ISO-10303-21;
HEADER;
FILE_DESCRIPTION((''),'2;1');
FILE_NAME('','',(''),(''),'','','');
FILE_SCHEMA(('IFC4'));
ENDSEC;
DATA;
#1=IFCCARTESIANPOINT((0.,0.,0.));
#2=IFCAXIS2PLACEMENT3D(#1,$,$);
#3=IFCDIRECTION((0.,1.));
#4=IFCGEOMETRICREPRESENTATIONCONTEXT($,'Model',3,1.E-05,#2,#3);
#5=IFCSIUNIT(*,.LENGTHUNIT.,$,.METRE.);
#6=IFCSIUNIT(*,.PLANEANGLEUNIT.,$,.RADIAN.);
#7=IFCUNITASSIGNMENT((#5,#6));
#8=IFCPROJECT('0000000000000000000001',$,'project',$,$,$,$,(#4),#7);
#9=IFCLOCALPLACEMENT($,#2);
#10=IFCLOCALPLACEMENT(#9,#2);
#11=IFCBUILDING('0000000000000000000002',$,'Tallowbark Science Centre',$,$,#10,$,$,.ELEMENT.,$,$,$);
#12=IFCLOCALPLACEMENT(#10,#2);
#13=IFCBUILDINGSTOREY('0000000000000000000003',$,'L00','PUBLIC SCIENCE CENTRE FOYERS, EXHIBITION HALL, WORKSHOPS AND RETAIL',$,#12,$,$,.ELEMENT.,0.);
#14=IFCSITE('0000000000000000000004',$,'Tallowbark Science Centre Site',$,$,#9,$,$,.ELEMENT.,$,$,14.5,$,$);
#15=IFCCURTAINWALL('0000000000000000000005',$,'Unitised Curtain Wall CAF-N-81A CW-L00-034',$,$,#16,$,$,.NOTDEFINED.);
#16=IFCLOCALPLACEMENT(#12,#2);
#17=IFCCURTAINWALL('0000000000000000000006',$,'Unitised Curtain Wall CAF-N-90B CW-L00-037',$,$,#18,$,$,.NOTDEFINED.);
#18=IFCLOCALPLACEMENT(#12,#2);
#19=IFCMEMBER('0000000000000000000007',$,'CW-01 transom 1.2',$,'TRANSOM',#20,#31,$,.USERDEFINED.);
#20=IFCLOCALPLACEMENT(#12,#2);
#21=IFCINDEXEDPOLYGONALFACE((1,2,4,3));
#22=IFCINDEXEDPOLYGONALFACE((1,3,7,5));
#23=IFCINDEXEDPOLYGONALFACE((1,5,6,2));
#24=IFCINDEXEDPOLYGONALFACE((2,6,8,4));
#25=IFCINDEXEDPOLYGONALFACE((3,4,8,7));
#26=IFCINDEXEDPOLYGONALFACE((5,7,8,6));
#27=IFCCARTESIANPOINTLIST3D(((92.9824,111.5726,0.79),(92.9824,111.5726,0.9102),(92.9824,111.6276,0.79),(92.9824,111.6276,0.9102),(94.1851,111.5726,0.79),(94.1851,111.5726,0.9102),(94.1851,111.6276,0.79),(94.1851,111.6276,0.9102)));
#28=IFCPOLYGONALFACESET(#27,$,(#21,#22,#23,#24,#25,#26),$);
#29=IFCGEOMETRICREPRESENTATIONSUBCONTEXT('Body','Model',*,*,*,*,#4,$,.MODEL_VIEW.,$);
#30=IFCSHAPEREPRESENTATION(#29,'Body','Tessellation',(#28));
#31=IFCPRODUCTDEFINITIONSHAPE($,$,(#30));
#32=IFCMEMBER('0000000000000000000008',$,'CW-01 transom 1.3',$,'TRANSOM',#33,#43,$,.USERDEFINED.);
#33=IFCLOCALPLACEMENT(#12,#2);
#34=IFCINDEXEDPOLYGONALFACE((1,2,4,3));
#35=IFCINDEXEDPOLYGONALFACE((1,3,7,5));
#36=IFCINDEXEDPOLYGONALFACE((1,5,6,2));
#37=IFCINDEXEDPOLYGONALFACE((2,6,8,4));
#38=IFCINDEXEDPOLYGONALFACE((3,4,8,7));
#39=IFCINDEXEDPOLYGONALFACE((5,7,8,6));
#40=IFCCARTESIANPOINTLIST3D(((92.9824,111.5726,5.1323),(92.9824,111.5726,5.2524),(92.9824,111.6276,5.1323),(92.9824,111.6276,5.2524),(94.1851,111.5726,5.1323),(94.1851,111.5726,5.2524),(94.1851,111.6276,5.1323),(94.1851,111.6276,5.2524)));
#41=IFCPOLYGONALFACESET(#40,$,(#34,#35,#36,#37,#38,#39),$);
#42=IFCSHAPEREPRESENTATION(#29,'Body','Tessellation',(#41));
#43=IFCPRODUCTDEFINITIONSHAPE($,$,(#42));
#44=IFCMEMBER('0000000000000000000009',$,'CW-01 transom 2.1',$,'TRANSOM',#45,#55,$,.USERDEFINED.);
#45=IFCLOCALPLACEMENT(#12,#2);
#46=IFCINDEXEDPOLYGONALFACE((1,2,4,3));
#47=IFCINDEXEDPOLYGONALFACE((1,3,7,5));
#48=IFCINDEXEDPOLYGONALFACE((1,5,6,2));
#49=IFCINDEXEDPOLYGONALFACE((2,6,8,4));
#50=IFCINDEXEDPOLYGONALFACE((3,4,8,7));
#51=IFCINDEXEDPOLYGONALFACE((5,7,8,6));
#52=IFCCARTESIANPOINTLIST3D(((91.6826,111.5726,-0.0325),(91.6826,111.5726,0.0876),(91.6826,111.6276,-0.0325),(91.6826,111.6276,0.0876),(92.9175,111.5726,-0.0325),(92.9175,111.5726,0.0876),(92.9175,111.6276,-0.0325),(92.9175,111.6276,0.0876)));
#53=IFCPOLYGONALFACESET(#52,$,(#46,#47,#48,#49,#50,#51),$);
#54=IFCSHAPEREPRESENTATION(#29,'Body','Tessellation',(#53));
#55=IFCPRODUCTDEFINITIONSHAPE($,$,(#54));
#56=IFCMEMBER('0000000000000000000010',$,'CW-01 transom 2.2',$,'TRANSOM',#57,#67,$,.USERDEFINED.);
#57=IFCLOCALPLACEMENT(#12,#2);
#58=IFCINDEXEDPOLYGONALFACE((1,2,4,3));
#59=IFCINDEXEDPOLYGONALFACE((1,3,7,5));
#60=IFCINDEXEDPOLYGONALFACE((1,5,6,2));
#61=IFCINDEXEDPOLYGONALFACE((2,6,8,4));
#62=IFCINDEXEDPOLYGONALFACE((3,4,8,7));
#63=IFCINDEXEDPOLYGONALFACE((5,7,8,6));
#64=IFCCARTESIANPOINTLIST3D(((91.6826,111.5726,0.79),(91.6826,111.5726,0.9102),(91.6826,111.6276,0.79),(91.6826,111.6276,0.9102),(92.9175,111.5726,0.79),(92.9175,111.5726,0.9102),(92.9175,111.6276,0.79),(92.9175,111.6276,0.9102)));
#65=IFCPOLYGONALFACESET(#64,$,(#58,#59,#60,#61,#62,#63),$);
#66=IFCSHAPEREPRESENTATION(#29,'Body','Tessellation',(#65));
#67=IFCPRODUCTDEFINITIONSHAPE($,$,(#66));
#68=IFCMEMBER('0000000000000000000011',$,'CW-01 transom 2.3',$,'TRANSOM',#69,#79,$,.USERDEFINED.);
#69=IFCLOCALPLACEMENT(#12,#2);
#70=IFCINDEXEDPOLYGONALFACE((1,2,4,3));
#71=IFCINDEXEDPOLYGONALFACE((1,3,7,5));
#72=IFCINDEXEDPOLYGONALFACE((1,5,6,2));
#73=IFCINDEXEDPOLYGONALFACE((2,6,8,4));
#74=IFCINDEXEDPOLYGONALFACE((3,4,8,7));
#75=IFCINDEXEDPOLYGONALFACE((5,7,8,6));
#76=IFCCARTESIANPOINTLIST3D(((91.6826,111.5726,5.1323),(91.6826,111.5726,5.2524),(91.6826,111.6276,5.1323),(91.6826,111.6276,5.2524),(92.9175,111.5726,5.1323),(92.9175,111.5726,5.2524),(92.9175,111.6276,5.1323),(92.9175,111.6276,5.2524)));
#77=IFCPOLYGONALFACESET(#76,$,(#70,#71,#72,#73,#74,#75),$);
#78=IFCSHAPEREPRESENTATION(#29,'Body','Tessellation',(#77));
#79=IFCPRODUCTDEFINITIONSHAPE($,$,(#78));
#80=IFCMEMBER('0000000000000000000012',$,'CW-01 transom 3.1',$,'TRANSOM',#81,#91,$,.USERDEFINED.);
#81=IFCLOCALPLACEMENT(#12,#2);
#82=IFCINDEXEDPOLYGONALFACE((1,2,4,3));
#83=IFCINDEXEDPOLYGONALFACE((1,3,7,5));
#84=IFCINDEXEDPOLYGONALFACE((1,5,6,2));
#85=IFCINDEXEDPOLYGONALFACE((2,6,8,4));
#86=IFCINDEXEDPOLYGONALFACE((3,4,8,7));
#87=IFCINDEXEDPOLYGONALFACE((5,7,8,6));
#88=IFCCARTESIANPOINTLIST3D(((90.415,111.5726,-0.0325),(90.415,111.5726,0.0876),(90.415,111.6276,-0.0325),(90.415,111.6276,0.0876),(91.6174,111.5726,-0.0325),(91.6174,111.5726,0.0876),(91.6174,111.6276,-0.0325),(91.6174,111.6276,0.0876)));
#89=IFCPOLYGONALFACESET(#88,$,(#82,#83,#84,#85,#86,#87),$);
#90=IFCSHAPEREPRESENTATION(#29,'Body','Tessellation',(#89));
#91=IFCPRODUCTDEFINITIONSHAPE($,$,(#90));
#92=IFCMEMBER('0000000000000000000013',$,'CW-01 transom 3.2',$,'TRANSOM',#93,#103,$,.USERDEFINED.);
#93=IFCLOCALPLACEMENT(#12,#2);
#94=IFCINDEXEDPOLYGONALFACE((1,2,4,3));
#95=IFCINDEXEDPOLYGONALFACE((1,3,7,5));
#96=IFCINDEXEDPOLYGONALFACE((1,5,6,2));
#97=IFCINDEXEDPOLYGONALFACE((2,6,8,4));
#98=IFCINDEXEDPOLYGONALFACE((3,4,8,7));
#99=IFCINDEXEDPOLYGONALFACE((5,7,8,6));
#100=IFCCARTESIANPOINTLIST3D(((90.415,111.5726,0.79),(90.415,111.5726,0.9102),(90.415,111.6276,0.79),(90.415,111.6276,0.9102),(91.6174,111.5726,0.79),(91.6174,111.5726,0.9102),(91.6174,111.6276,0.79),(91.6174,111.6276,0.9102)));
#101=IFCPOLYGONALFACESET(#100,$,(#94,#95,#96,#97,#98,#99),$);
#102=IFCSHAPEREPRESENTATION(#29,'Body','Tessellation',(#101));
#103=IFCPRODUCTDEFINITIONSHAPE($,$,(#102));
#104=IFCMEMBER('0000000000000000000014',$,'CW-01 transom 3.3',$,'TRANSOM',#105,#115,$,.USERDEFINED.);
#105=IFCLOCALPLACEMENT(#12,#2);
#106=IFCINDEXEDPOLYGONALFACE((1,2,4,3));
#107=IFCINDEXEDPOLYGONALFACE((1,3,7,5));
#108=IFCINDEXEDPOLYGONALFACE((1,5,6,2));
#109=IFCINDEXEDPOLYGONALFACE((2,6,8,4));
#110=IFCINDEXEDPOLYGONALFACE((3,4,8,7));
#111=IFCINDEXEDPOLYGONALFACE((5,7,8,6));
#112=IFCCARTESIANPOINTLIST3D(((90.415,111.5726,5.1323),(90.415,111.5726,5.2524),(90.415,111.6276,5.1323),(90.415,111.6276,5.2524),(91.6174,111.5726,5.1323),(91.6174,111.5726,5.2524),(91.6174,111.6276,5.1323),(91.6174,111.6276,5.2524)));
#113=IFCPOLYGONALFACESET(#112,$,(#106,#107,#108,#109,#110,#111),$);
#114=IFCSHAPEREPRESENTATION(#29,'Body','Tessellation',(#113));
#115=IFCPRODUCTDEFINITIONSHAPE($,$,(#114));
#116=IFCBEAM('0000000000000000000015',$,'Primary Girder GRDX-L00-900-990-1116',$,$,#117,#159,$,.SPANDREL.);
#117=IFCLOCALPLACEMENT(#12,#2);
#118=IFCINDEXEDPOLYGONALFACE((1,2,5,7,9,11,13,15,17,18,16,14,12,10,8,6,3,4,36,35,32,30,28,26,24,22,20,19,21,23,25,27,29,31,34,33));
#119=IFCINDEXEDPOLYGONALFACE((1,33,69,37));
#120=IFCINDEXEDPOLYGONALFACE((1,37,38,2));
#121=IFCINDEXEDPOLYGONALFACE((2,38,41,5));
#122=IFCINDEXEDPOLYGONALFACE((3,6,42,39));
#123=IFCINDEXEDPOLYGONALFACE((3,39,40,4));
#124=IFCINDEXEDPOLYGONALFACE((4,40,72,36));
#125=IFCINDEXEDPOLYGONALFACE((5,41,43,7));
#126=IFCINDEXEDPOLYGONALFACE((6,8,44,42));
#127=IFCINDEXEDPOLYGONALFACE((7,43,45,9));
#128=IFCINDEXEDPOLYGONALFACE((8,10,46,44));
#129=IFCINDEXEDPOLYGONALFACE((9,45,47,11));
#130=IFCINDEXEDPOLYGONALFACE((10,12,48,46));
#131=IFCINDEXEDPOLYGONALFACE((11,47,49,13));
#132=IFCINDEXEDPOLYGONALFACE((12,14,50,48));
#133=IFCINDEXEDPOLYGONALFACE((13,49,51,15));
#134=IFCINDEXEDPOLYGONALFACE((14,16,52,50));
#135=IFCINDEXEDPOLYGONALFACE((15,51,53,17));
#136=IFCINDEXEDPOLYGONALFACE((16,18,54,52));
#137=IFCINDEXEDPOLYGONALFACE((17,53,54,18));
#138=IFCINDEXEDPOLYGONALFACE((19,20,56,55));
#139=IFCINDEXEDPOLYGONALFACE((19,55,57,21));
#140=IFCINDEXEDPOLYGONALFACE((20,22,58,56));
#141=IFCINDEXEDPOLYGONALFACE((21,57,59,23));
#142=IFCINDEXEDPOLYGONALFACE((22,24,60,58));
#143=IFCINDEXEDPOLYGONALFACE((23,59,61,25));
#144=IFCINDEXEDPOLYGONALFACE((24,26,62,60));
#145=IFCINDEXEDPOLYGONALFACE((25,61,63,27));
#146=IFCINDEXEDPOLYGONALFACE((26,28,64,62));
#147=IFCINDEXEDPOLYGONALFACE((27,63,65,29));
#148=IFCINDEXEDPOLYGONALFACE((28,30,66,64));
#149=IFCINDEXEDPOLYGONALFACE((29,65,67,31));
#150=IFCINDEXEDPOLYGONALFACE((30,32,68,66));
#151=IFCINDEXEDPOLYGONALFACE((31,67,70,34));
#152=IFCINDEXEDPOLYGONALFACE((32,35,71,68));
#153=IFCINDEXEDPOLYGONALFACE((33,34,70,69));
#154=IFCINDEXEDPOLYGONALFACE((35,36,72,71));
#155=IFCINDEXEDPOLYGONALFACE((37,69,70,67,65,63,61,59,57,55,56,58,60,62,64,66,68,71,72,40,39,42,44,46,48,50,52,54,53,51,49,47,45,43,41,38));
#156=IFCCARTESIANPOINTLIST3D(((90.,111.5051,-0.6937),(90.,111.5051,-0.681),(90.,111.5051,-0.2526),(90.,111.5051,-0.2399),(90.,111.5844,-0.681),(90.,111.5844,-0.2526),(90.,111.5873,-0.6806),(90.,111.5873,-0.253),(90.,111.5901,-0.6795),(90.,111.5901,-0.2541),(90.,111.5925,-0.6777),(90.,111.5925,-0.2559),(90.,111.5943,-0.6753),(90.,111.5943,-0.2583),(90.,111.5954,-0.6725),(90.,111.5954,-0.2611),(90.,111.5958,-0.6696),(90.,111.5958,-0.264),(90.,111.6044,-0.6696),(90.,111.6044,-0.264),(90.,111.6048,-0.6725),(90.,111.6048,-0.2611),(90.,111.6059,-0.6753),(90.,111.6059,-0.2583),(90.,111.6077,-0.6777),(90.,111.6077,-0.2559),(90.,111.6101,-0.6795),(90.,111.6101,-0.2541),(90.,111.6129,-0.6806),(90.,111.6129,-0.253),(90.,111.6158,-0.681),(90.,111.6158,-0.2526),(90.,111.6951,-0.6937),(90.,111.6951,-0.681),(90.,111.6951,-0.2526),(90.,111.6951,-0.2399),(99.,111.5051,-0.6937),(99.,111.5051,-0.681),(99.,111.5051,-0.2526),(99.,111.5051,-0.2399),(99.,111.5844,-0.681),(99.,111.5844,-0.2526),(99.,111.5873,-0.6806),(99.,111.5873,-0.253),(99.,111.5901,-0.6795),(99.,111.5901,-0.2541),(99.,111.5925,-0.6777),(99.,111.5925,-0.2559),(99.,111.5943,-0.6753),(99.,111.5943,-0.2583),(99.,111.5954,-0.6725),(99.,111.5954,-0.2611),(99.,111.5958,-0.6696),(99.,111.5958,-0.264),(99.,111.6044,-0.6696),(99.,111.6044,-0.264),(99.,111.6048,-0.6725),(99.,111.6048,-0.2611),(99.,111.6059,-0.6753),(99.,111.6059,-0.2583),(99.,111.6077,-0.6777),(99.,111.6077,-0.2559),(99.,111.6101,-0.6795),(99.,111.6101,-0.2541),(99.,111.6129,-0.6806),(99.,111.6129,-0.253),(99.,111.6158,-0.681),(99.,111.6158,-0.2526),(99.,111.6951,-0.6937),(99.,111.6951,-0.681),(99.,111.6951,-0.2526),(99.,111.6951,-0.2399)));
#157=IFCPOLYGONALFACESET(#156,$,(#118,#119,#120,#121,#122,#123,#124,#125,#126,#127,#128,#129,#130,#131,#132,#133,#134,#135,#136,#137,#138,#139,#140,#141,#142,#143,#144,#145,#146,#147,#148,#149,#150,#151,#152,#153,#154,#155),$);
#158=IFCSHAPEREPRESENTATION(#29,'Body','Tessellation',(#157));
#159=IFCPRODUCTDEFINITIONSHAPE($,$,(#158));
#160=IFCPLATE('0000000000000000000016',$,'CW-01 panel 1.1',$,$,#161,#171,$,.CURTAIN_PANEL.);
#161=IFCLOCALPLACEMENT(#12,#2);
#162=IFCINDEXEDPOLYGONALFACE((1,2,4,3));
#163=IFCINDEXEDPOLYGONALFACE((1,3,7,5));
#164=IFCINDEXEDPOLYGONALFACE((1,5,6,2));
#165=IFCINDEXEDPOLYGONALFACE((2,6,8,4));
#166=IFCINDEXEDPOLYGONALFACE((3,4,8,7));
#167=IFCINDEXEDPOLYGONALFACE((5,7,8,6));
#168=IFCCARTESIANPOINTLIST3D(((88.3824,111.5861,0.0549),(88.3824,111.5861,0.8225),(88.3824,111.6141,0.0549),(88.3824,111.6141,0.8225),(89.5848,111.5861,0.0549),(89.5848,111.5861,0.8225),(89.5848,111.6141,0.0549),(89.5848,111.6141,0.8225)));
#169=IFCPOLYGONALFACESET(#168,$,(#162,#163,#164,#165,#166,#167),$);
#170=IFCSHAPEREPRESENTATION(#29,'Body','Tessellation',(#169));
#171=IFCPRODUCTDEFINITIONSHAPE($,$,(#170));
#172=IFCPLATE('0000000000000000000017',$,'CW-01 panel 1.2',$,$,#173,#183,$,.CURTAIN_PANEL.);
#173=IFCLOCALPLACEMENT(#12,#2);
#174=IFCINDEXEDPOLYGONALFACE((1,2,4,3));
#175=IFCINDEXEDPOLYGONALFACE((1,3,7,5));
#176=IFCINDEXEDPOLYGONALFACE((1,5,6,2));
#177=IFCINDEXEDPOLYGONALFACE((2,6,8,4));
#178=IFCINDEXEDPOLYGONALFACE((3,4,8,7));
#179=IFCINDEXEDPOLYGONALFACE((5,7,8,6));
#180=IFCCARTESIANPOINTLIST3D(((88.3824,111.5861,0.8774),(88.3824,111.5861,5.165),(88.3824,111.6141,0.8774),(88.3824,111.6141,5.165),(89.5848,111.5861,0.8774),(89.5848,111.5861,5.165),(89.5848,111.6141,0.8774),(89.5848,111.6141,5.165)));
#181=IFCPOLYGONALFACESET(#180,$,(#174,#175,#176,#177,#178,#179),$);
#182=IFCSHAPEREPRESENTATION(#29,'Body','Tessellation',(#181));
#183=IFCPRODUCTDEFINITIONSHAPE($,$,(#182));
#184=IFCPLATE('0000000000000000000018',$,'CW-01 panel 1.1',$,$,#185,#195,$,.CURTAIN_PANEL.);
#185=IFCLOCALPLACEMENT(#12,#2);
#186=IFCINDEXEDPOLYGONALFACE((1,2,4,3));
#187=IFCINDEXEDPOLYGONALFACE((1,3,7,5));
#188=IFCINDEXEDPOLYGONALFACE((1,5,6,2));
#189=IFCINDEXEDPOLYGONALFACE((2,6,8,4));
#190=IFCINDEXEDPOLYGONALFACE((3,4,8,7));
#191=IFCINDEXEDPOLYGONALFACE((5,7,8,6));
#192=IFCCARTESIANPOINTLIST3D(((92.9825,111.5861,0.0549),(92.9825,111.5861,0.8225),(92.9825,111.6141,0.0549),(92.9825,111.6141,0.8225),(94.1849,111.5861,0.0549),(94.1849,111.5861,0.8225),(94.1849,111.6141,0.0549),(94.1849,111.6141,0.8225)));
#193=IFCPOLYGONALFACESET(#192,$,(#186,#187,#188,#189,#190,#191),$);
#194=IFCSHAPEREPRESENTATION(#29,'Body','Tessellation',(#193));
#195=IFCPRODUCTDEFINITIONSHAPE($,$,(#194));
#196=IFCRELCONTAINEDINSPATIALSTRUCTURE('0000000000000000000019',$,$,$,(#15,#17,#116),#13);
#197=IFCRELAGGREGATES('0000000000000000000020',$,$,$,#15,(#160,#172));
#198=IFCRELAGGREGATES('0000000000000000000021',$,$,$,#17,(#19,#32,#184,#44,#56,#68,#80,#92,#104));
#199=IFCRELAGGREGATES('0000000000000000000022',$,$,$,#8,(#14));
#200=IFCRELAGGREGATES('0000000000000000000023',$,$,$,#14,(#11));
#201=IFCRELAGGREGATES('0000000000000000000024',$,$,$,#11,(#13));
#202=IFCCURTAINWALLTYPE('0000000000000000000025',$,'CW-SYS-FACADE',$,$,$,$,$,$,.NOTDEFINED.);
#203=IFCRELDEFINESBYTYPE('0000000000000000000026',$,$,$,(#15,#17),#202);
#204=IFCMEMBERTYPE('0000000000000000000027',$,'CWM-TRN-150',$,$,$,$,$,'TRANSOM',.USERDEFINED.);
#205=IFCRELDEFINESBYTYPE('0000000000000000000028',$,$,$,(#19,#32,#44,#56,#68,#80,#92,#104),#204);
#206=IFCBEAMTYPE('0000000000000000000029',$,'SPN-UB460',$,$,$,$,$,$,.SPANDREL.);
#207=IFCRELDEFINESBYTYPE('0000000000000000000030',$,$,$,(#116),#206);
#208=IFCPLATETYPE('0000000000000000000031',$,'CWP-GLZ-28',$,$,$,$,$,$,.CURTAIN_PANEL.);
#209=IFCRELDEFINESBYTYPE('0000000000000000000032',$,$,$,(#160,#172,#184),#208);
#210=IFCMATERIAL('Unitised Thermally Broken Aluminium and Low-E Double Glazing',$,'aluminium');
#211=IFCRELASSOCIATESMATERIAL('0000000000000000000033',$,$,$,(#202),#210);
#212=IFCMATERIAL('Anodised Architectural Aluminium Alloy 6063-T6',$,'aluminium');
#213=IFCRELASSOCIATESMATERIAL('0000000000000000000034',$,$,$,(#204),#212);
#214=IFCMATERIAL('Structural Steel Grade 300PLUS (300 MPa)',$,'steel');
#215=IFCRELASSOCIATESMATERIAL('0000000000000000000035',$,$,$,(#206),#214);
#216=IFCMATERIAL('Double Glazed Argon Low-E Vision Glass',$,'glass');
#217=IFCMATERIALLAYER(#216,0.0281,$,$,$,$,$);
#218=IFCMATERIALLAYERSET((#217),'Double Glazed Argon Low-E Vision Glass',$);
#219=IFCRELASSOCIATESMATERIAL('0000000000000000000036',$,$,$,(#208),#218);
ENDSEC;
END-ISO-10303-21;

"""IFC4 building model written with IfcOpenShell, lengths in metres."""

from ifc_helpers import new_model, si_unit, direction, frame, origin, origin_2d, place, context, subcontext, project, spatial, rectangle, i_section, extrude, material, layer, layer_set, material_profile, profile_set, type_object, element, aggregate, save


model = new_model("IFC4")

# Units and contexts
model_context = context("Model", 3, precision=1e-05, world=origin(), true_north=direction((0.0, 1.0)))
body_context = subcontext(model_context, "Body", "Model", "MODEL_VIEW")
ifc_project = project(units=[si_unit("LENGTHUNIT", "METRE"), si_unit("PLANEANGLEUNIT", "RADIAN")], contexts=[model_context])

# Site, building, storey
site_placement = place(None, origin())
site = spatial("IfcSite", under=ifc_project, at=site_placement, Name="Tallowbark Science Centre Site", CompositionType="ELEMENT", RefElevation=14.5)
building_placement = place(site_placement, origin())
building = spatial("IfcBuilding", under=site, at=building_placement, Name="Tallowbark Science Centre", CompositionType="ELEMENT")
storey_placement = place(building_placement, origin())
storey = spatial("IfcBuildingStorey", under=building, at=storey_placement, Name="L00", Description="PUBLIC SCIENCE CENTRE FOYERS, EXHIBITION HALL, WORKSHOPS AND RETAIL", CompositionType="ELEMENT", Elevation=0.0)

# Shared definitions
ifc_material_1 = material(Name="Structural Steel Grade 300PLUS (300 MPa)", Category="steel")

# Curtain walls
ifc_material_2 = material(Name="Unitised Thermally Broken Aluminium and Low-E Double Glazing", Category="aluminium")
curtain_wall_type = type_object("IfcCurtainWallType", Name="CW-SYS-FACADE", PredefinedType="NOTDEFINED", material=ifc_material_2)
curtain_wall_1_placement = place(storey_placement, origin())
curtain_wall_1 = element("IfcCurtainWall", 1, at=curtain_wall_1_placement, inside=storey, type_object=curtain_wall_type, Name="Unitised Curtain Wall CAF-N-81A CW-L00-034", PredefinedType="NOTDEFINED")
ifc_material_3 = material(Name="Anodised Architectural Aluminium Alloy 6063-T6", Category="aluminium")
curtain_wall_2_placement = place(storey_placement, origin())
curtain_wall_2 = element("IfcCurtainWall", 2, at=curtain_wall_2_placement, inside=storey, type_object=curtain_wall_type, Name="Unitised Curtain Wall CAF-N-90B CW-L00-037", PredefinedType="NOTDEFINED")

# Members
ifc_material_profile_1 = material_profile(ifc_material_3, rectangle(XDim=0.0549, YDim=0.1201, at=origin_2d()), Name="ALU55x120")
ifc_profile_set_1 = profile_set([ifc_material_profile_1], Name="Anodised Architectural Aluminium Alloy 6063-T6")
member_type_1 = type_object("IfcMemberType", Name="CWM-TRN-150", ElementType="TRANSOM", PredefinedType="USERDEFINED", material=ifc_profile_set_1)
member_1_placement = place(storey_placement, frame((94.1851, 111.6001, 0.8501), z_axis=(-1.0, 0.0, 0.0), x_axis=(0.0, -1.0, 0.0)))
member_1 = element("IfcMember", 3, at=member_1_placement, type_object=member_type_1, Name="CW-01 transom 1.2", ObjectType="TRANSOM", PredefinedType="USERDEFINED", context=body_context, shape_type="SweptSolid", body=[
    extrude(rectangle(XDim=0.0549, YDim=0.1201, at=origin_2d()), origin(), (0.0, 0.0, 1.0), 1.2026),
])
member_2_placement = place(storey_placement, frame((94.1851, 111.6001, 5.1924), z_axis=(-1.0, 0.0, 0.0), x_axis=(0.0, -1.0, 0.0)))
member_2 = element("IfcMember", 4, at=member_2_placement, type_object=member_type_1, Name="CW-01 transom 1.3", ObjectType="TRANSOM", PredefinedType="USERDEFINED", context=body_context, shape_type="SweptSolid", body=[
    extrude(rectangle(XDim=0.0549, YDim=0.1201, at=origin_2d()), origin(), (0.0, 0.0, 1.0), 1.2026),
])
member_3_placement = place(storey_placement, frame((92.9175, 111.6001, 0.0276), z_axis=(-1.0, 0.0, 0.0), x_axis=(0.0, -1.0, 0.0)))
member_3 = element("IfcMember", 5, at=member_3_placement, type_object=member_type_1, Name="CW-01 transom 2.1", ObjectType="TRANSOM", PredefinedType="USERDEFINED", context=body_context, shape_type="SweptSolid", body=[
    extrude(rectangle(XDim=0.0549, YDim=0.1201, at=origin_2d()), origin(), (0.0, 0.0, 1.0), 1.2349),
])
member_4_placement = place(storey_placement, frame((92.9175, 111.6001, 0.8501), z_axis=(-1.0, 0.0, 0.0), x_axis=(0.0, -1.0, 0.0)))
member_4 = element("IfcMember", 6, at=member_4_placement, type_object=member_type_1, Name="CW-01 transom 2.2", ObjectType="TRANSOM", PredefinedType="USERDEFINED", context=body_context, shape_type="SweptSolid", body=[
    extrude(rectangle(XDim=0.0549, YDim=0.1201, at=origin_2d()), origin(), (0.0, 0.0, 1.0), 1.2349),
])
member_5_placement = place(storey_placement, frame((92.9175, 111.6001, 5.1924), z_axis=(-1.0, 0.0, 0.0), x_axis=(0.0, -1.0, 0.0)))
member_5 = element("IfcMember", 7, at=member_5_placement, type_object=member_type_1, Name="CW-01 transom 2.3", ObjectType="TRANSOM", PredefinedType="USERDEFINED", context=body_context, shape_type="SweptSolid", body=[
    extrude(rectangle(XDim=0.0549, YDim=0.1201, at=origin_2d()), origin(), (0.0, 0.0, 1.0), 1.2349),
])
member_6_placement = place(storey_placement, frame((91.6174, 111.6001, 0.0276), z_axis=(-1.0, 0.0, 0.0), x_axis=(0.0, -1.0, 0.0)))
member_6 = element("IfcMember", 8, at=member_6_placement, type_object=member_type_1, Name="CW-01 transom 3.1", ObjectType="TRANSOM", PredefinedType="USERDEFINED", context=body_context, shape_type="SweptSolid", body=[
    extrude(rectangle(XDim=0.0549, YDim=0.1201, at=origin_2d()), origin(), (0.0, 0.0, 1.0), 1.2024),
])
member_7_placement = place(storey_placement, frame((91.6174, 111.6001, 0.8501), z_axis=(-1.0, 0.0, 0.0), x_axis=(0.0, -1.0, 0.0)))
member_7 = element("IfcMember", 9, at=member_7_placement, type_object=member_type_1, Name="CW-01 transom 3.2", ObjectType="TRANSOM", PredefinedType="USERDEFINED", context=body_context, shape_type="SweptSolid", body=[
    extrude(rectangle(XDim=0.0549, YDim=0.1201, at=origin_2d()), origin(), (0.0, 0.0, 1.0), 1.2024),
])
member_8_placement = place(storey_placement, frame((91.6174, 111.6001, 5.1924), z_axis=(-1.0, 0.0, 0.0), x_axis=(0.0, -1.0, 0.0)))
member_8 = element("IfcMember", 10, at=member_8_placement, type_object=member_type_1, Name="CW-01 transom 3.3", ObjectType="TRANSOM", PredefinedType="USERDEFINED", context=body_context, shape_type="SweptSolid", body=[
    extrude(rectangle(XDim=0.0549, YDim=0.1201, at=origin_2d()), origin(), (0.0, 0.0, 1.0), 1.2024),
])

# Beam
ifc_material_profile_2 = material_profile(ifc_material_1, i_section(OverallWidth=0.1899, OverallDepth=0.4539, WebThickness=0.0085, FlangeThickness=0.0127, FilletRadius=0.0115, at=origin_2d()), Name="460UB67.1")
ifc_profile_set_2 = profile_set([ifc_material_profile_2], Name="Structural Steel Grade 300PLUS (300 MPa)")
beam_type = type_object("IfcBeamType", Name="SPN-UB460", PredefinedType="SPANDREL", material=ifc_profile_set_2)
beam_placement = place(storey_placement, frame((90.0, 111.6001, -0.4668), z_axis=(1.0, 0.0, 0.0), x_axis=(0.0, 1.0, 0.0)))
element("IfcBeam", 11, at=beam_placement, inside=storey, type_object=beam_type, Name="Primary Girder GRDX-L00-900-990-1116", PredefinedType="SPANDREL", context=body_context, shape_type="SweptSolid", body=[
    extrude(i_section(OverallWidth=0.1899, OverallDepth=0.4539, WebThickness=0.0085, FlangeThickness=0.0127, FilletRadius=0.0115, at=origin_2d()), origin(), (0.0, 0.0, 1.0), 9.0),
])

# Plates
ifc_material_4 = material(Name="Double Glazed Argon Low-E Vision Glass", Category="glass")
ifc_layer_1 = layer(ifc_material_4, 0.0281)
ifc_layer_set_1 = layer_set([ifc_layer_1], Name="Double Glazed Argon Low-E Vision Glass")
plate_type = type_object("IfcPlateType", Name="CWP-GLZ-28", PredefinedType="CURTAIN_PANEL", material=ifc_layer_set_1)
plate_1_placement = place(storey_placement, frame((88.9836, 111.6001, 0.0549), z_axis=(0.0, 0.0, 1.0), x_axis=(-1.0, 0.0, 0.0)))
plate_1 = element("IfcPlate", 12, at=plate_1_placement, type_object=plate_type, Name="CW-01 panel 1.1", PredefinedType="CURTAIN_PANEL", context=body_context, shape_type="SweptSolid", body=[
    extrude(rectangle(XDim=1.2024, YDim=0.0281, at=origin_2d()), origin(), (0.0, 0.0, 1.0), 0.7676),
])
plate_2_placement = place(storey_placement, frame((88.9836, 111.6001, 0.8774), z_axis=(0.0, 0.0, 1.0), x_axis=(-1.0, 0.0, 0.0)))
plate_2 = element("IfcPlate", 13, at=plate_2_placement, type_object=plate_type, Name="CW-01 panel 1.2", PredefinedType="CURTAIN_PANEL", context=body_context, shape_type="SweptSolid", body=[
    extrude(rectangle(XDim=1.2024, YDim=0.0281, at=origin_2d()), origin(), (0.0, 0.0, 1.0), 4.2876),
])
aggregate(curtain_wall_1, [plate_1, plate_2])
plate_3_placement = place(storey_placement, frame((93.5837, 111.6001, 0.0549), z_axis=(0.0, 0.0, 1.0), x_axis=(-1.0, 0.0, 0.0)))
plate_3 = element("IfcPlate", 14, at=plate_3_placement, type_object=plate_type, Name="CW-01 panel 1.1", PredefinedType="CURTAIN_PANEL", context=body_context, shape_type="SweptSolid", body=[
    extrude(rectangle(XDim=1.2024, YDim=0.0281, at=origin_2d()), origin(), (0.0, 0.0, 1.0), 0.7676),
])
aggregate(curtain_wall_2, [member_1, member_2, plate_3, member_3, member_4, member_5, member_6, member_7, member_8])

save(model, "model.ifc")
